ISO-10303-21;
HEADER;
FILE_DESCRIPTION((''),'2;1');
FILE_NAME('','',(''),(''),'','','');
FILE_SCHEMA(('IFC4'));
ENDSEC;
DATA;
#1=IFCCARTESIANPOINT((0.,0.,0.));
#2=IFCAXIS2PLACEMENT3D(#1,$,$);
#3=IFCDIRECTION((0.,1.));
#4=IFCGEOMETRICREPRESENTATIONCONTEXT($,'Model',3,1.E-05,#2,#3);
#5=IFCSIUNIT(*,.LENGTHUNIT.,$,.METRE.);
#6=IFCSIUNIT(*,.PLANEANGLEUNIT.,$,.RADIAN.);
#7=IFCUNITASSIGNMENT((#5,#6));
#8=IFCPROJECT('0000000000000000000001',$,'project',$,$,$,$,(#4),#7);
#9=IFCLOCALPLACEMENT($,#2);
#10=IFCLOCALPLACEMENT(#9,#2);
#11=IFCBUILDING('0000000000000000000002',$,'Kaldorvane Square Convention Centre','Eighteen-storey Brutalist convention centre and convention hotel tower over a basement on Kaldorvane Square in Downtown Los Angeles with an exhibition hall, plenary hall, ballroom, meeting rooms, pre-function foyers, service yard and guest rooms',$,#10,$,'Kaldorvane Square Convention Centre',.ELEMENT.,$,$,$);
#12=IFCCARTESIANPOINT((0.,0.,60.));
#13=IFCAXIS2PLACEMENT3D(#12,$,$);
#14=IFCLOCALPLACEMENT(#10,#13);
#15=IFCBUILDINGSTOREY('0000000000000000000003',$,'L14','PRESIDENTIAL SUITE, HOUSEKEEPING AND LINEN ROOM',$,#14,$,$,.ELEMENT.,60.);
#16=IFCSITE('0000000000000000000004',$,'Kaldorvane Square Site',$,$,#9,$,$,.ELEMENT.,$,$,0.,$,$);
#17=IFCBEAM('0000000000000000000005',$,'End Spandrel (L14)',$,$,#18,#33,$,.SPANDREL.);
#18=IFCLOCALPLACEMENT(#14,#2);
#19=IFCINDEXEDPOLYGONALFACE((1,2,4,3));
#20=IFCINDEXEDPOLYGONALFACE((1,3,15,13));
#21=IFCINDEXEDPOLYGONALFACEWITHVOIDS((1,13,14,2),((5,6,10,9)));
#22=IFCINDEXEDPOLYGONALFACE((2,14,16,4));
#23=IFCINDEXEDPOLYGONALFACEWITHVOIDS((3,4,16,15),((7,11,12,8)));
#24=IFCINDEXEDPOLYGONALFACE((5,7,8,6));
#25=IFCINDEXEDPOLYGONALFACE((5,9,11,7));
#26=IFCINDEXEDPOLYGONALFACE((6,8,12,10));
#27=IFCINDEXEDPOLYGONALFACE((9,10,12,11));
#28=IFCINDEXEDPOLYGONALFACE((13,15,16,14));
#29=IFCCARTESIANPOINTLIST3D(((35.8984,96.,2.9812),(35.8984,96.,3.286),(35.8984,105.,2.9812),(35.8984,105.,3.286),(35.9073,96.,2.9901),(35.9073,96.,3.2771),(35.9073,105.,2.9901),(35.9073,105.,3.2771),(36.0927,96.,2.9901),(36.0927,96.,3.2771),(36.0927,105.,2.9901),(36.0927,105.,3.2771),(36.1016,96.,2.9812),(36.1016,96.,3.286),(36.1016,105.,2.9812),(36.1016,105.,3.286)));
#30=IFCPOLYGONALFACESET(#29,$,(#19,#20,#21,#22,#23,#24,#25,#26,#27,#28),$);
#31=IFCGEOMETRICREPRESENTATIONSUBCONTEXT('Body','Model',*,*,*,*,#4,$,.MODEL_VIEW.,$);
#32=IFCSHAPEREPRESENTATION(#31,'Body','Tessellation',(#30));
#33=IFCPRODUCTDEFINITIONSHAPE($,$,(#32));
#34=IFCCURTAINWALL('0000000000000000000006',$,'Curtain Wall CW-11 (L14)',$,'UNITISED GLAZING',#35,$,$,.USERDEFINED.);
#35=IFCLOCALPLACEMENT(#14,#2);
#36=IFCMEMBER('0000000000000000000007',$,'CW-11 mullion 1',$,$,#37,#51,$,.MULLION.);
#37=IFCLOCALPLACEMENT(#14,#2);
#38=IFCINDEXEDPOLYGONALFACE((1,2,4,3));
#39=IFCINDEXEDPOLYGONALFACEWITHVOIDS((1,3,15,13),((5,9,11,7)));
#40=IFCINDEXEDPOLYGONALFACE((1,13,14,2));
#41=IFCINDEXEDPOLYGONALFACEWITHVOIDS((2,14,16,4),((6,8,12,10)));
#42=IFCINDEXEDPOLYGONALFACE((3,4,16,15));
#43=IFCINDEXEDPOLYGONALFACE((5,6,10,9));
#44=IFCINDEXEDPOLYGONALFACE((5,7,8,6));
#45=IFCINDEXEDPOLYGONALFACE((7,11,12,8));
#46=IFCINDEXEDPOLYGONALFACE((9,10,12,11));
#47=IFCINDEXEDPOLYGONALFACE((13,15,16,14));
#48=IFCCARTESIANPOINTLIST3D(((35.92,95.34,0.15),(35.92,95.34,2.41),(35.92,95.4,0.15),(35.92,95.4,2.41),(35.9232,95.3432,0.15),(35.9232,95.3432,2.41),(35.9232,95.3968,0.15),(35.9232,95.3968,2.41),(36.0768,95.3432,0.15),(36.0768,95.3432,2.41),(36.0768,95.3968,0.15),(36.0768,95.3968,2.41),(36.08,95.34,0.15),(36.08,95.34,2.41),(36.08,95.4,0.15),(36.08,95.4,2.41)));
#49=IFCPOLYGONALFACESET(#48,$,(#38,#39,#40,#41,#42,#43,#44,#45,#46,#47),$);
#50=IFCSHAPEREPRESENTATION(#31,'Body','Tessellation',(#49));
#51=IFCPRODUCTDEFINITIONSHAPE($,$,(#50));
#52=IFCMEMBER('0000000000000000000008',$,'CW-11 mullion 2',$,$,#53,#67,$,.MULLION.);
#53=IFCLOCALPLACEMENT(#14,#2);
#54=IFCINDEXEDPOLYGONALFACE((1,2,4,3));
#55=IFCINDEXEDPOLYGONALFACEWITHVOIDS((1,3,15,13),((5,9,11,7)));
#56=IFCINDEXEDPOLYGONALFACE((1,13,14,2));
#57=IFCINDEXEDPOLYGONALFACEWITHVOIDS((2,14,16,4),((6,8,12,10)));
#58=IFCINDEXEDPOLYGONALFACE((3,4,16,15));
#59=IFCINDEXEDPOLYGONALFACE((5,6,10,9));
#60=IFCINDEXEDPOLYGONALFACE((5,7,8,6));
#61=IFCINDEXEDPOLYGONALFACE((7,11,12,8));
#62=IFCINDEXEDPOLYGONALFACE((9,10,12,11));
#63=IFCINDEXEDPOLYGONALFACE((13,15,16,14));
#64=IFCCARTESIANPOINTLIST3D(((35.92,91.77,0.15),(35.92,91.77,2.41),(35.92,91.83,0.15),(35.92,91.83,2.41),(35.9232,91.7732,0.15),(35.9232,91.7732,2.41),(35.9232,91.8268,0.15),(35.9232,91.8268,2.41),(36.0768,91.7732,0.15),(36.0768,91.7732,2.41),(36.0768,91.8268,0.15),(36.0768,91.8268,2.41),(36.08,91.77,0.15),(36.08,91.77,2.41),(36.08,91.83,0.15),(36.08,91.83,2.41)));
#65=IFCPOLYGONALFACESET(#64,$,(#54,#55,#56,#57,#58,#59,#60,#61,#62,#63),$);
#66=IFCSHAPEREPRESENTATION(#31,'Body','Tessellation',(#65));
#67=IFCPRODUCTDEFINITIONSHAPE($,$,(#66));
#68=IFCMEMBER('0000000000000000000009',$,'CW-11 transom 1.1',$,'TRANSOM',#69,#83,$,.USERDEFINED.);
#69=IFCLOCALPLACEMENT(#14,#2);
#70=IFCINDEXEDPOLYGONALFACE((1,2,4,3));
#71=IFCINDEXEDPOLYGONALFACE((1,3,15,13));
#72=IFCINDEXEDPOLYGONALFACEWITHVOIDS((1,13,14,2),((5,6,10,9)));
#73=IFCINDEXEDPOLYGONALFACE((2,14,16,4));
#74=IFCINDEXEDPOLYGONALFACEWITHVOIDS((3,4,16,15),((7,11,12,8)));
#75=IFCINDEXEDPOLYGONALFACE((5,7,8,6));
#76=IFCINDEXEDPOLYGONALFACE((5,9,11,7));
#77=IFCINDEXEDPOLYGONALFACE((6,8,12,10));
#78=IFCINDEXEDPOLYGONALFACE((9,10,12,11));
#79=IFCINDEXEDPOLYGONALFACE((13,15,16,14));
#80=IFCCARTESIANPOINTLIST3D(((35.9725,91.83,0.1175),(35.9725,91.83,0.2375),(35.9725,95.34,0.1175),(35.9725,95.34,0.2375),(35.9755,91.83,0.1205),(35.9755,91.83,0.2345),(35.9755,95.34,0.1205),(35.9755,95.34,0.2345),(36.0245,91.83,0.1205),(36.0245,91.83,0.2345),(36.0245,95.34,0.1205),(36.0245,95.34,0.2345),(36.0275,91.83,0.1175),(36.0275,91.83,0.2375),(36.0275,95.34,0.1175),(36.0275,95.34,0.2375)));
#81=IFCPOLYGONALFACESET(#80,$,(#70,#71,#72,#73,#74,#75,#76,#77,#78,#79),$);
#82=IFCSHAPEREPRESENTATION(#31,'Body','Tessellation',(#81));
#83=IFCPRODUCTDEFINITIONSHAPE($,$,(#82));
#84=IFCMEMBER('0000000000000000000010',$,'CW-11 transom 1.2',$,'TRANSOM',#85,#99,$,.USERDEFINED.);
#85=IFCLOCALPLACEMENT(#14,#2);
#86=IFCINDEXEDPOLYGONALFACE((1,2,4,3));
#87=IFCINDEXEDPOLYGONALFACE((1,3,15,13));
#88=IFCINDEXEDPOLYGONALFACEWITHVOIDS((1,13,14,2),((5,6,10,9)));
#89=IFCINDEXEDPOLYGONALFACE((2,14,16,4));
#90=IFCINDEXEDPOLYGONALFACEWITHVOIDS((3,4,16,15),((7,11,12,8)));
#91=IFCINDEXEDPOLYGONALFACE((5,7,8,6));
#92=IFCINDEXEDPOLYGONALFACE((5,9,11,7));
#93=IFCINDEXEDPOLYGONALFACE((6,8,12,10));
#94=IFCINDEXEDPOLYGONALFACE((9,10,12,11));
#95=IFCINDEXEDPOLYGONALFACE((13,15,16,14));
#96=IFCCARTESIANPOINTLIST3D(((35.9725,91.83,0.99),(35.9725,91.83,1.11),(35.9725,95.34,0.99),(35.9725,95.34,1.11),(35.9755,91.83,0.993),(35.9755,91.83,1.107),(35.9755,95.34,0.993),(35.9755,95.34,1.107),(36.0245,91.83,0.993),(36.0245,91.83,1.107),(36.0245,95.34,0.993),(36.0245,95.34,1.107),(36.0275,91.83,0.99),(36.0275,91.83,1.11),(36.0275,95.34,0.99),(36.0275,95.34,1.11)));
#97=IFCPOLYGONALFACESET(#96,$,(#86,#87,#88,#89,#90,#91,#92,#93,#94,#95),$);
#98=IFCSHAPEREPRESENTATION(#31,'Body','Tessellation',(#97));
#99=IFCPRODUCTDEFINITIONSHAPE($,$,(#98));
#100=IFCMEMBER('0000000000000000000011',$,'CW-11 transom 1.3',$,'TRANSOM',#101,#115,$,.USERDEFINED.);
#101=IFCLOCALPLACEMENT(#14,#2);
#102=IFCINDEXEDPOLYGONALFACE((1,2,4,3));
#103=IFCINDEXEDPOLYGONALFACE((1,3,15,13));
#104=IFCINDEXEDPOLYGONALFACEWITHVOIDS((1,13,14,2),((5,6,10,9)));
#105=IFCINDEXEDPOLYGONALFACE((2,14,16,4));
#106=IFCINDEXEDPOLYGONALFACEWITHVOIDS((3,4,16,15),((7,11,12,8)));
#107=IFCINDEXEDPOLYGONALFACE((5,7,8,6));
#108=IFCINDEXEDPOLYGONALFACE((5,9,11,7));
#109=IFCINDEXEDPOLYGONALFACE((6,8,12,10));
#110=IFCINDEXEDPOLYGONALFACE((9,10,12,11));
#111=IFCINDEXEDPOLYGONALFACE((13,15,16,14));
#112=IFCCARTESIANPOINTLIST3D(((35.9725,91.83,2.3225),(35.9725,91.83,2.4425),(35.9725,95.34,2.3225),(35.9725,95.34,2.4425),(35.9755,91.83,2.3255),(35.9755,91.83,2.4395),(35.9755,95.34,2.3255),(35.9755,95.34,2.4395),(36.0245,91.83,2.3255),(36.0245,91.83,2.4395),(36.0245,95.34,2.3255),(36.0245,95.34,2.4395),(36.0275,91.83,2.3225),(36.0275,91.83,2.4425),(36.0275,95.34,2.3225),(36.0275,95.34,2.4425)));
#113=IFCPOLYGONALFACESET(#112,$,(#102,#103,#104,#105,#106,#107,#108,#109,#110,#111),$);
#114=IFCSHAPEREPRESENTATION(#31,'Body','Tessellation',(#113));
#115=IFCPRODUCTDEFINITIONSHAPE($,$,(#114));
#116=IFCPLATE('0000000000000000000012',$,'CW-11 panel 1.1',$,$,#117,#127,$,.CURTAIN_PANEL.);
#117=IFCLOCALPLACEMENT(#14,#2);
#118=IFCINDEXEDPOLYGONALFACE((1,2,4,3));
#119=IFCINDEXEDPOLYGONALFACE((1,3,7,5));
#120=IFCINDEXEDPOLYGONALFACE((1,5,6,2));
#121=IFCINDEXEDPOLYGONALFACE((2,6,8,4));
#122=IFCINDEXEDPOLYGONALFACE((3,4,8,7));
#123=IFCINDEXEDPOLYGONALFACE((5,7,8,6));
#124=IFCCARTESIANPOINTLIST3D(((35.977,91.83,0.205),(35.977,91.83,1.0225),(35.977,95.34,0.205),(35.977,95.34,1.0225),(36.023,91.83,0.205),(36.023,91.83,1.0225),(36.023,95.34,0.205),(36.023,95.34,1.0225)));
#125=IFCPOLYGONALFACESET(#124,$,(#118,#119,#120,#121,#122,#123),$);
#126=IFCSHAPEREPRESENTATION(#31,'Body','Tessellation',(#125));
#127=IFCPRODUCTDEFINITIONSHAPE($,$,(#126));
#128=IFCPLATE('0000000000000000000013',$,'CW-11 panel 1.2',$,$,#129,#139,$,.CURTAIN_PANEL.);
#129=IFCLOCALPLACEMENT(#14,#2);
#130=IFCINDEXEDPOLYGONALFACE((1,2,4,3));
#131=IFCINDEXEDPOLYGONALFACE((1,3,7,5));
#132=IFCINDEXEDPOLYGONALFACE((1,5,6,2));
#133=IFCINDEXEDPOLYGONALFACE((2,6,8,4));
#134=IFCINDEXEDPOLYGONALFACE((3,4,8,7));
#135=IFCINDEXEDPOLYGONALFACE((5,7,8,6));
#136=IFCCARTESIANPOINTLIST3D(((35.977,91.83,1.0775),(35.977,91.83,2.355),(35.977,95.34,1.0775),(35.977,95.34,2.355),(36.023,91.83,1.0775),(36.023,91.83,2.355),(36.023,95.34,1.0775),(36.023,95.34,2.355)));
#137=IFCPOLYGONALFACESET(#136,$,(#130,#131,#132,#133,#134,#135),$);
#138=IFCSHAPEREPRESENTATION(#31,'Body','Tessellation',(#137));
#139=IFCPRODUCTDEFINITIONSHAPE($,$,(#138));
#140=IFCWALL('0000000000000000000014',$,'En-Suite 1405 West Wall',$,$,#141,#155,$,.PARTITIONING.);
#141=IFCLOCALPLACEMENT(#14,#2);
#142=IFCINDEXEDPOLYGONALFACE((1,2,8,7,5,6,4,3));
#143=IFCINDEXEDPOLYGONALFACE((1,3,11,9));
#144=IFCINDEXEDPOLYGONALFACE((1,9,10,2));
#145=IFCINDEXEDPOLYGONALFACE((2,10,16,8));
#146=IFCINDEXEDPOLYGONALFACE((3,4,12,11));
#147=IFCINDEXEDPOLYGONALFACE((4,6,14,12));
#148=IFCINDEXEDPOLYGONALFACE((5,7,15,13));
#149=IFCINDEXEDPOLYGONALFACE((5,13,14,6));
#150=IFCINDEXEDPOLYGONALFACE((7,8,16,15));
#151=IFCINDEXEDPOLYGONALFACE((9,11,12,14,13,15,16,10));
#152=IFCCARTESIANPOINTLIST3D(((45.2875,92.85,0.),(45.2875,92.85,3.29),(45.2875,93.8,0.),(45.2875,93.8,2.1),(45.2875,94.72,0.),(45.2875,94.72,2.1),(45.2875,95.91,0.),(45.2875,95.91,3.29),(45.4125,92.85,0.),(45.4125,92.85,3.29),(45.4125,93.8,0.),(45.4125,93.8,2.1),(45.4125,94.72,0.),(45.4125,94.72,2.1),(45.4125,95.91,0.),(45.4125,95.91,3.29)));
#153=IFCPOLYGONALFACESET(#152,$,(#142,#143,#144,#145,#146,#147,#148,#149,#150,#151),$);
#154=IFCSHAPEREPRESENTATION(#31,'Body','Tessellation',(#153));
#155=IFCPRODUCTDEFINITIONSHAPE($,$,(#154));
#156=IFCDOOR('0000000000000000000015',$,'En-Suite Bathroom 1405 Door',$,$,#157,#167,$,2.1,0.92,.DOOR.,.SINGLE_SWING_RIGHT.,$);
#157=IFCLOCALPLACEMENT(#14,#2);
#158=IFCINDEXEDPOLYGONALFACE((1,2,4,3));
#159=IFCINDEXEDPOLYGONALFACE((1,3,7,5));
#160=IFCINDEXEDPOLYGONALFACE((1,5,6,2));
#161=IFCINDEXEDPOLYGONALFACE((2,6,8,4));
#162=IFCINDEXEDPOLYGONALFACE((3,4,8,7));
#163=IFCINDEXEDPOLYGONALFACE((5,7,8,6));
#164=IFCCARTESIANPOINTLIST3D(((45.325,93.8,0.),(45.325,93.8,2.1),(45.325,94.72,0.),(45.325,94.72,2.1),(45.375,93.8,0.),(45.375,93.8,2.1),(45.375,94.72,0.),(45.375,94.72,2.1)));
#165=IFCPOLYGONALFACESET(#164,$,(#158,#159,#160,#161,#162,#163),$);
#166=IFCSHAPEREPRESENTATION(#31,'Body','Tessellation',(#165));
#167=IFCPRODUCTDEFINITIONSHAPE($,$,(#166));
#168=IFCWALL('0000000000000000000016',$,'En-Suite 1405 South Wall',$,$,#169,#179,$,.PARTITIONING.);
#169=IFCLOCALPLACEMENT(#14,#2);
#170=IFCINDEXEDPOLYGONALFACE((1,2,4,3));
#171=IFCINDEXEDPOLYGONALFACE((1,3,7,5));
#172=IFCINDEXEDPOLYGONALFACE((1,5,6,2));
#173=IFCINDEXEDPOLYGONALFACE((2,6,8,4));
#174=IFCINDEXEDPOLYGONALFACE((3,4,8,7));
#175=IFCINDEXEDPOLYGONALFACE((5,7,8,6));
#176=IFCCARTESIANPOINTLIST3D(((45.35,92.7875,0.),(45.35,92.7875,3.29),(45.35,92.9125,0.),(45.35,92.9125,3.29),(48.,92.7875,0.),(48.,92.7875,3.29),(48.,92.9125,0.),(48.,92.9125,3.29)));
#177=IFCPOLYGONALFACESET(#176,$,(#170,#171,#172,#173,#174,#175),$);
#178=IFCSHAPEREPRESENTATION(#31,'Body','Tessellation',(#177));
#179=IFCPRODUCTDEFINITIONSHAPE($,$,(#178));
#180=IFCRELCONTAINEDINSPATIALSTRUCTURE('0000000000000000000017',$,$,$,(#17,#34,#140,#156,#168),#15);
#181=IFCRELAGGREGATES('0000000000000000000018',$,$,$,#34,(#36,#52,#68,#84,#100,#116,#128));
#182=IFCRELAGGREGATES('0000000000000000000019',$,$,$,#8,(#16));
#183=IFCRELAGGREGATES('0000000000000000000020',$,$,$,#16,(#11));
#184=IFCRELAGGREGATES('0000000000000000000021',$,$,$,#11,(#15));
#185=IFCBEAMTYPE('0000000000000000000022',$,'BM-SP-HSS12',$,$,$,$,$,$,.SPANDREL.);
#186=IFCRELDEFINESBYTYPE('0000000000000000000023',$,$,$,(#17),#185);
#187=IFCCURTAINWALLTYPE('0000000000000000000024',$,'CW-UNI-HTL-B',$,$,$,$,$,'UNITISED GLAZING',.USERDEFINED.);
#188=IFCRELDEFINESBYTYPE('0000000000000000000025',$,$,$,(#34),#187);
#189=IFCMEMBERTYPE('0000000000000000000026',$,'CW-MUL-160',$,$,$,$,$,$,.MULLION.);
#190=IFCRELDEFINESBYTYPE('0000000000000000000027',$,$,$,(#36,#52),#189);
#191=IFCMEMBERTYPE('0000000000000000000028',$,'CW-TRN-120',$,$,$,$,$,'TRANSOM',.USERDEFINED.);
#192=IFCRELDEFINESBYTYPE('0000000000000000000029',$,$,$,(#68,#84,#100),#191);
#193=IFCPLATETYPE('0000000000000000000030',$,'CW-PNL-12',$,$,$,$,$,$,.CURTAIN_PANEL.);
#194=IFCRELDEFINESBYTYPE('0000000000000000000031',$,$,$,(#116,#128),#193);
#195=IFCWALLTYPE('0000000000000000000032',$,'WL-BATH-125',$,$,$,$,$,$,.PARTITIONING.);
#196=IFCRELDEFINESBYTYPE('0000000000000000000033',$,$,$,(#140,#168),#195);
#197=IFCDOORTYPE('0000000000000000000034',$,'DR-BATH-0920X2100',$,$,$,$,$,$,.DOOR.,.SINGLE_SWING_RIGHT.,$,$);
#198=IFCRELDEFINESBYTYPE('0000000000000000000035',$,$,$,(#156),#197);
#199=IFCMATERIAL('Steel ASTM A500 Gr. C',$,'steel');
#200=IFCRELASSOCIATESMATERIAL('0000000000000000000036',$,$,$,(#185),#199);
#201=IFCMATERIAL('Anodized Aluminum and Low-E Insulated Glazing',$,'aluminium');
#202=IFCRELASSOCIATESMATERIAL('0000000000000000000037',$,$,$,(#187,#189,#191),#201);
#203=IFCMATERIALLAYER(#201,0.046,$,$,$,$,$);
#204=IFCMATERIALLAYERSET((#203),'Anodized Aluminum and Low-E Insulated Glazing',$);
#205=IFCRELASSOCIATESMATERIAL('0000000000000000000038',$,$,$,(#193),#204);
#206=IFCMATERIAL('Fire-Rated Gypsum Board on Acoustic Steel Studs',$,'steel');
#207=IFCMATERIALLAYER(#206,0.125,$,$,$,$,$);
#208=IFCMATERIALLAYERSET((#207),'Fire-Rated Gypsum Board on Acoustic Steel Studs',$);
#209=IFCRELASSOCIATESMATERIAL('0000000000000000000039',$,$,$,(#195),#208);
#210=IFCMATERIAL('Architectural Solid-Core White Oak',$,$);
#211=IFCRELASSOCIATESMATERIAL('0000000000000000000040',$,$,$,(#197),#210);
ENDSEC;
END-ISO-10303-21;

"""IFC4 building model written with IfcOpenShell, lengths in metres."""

from ifc_helpers import new_model, si_unit, direction, frame, frame_2d, origin, origin_2d, place, context, subcontext, project, spatial, rectangle, hollow_rectangle, extrude, material, layer, layer_set, material_profile, profile_set, type_object, element, fill, aggregate, save


model = new_model("IFC4")

# Units and contexts
model_context = context("Model", 3, precision=1e-05, world=origin(), true_north=direction((0.0, 1.0)))
body_context = subcontext(model_context, "Body", "Model", "MODEL_VIEW")
ifc_project = project(units=[si_unit("LENGTHUNIT", "METRE"), si_unit("PLANEANGLEUNIT", "RADIAN")], contexts=[model_context])

# Site, building, storey
site_placement = place(None, origin())
site = spatial("IfcSite", under=ifc_project, at=site_placement, Name="Kaldorvane Square Site", CompositionType="ELEMENT", RefElevation=0.0)
building_placement = place(site_placement, origin())
building = spatial("IfcBuilding", under=site, at=building_placement, Name="Kaldorvane Square Convention Centre", Description="Eighteen-storey Brutalist convention centre and convention hotel tower over a basement on Kaldorvane Square in Downtown Los Angeles with an exhibition hall, plenary hall, ballroom, meeting rooms, pre-function foyers, service yard and guest rooms", LongName="Kaldorvane Square Convention Centre", CompositionType="ELEMENT")
storey_placement = place(building_placement, frame((0.0, 0.0, 60.0)))
storey = spatial("IfcBuildingStorey", under=building, at=storey_placement, Name="L14", Description="PRESIDENTIAL SUITE, HOUSEKEEPING AND LINEN ROOM", CompositionType="ELEMENT", Elevation=60.0)

# Beam
ifc_material_1 = material(Name="Steel ASTM A500 Gr. C", Category="steel")
ifc_material_profile_1 = material_profile(ifc_material_1, hollow_rectangle(XDim=0.2032, YDim=0.3048, WallThickness=0.0089, at=origin_2d()), Name="HSS12X8X3/8")
ifc_profile_set_1 = profile_set([ifc_material_profile_1], Name="Steel ASTM A500 Gr. C")
beam_type_1 = type_object("IfcBeamType", Name="BM-SP-HSS12", PredefinedType="SPANDREL", material=ifc_profile_set_1)
beam_1_placement = place(storey_placement, frame((36.0, 96.0, 3.1336), z_axis=(0.0, 1.0, 0.0), x_axis=(-1.0, 0.0, 0.0)))
element("IfcBeam", 1, at=beam_1_placement, inside=storey, type_object=beam_type_1, Name="End Spandrel (L14)", PredefinedType="SPANDREL", context=body_context, shape_type="SweptSolid", body=[
    extrude(hollow_rectangle(XDim=0.2032, YDim=0.3048, WallThickness=0.0089, at=origin_2d()), origin(), (0.0, 0.0, 1.0), 9.0),
])

# Curtain wall, members, plates
ifc_material_2 = material(Name="Anodized Aluminum and Low-E Insulated Glazing", Category="aluminium")
curtain_wall_type = type_object("IfcCurtainWallType", Name="CW-UNI-HTL-B", ElementType="UNITISED GLAZING", PredefinedType="USERDEFINED", material=ifc_material_2)
curtain_wall_placement = place(storey_placement, origin())
curtain_wall = element("IfcCurtainWall", 2, at=curtain_wall_placement, inside=storey, type_object=curtain_wall_type, Name="Curtain Wall CW-11 (L14)", ObjectType="UNITISED GLAZING", PredefinedType="USERDEFINED")
ifc_material_profile_2 = material_profile(ifc_material_2, hollow_rectangle(XDim=0.06, YDim=0.16, WallThickness=0.0032, at=origin_2d()), Name="CWM-160X60")
ifc_profile_set_2 = profile_set([ifc_material_profile_2], Name="Anodized Aluminum and Low-E Insulated Glazing")
member_type_1 = type_object("IfcMemberType", Name="CW-MUL-160", PredefinedType="MULLION", material=ifc_profile_set_2)
member_1_placement = place(storey_placement, frame((36.0, 95.37, 0.15), z_axis=(0.0, 0.0, 1.0), x_axis=(0.0, -1.0, 0.0)))
member_1 = element("IfcMember", 3, at=member_1_placement, type_object=member_type_1, Name="CW-11 mullion 1", PredefinedType="MULLION", context=body_context, shape_type="SweptSolid", body=[
    extrude(hollow_rectangle(XDim=0.06, YDim=0.16, WallThickness=0.0032, at=origin_2d()), origin(), (0.0, 0.0, 1.0), 2.26),
])
member_2_placement = place(storey_placement, frame((36.0, 91.8, 0.15), z_axis=(0.0, 0.0, 1.0), x_axis=(0.0, -1.0, 0.0)))
member_2 = element("IfcMember", 4, at=member_2_placement, type_object=member_type_1, Name="CW-11 mullion 2", PredefinedType="MULLION", context=body_context, shape_type="SweptSolid", body=[
    extrude(hollow_rectangle(XDim=0.06, YDim=0.16, WallThickness=0.0032, at=origin_2d()), origin(), (0.0, 0.0, 1.0), 2.26),
])
ifc_material_profile_3 = material_profile(ifc_material_2, hollow_rectangle(XDim=0.055, YDim=0.12, WallThickness=0.003, at=origin_2d()), Name="CWT-120X55")
ifc_profile_set_3 = profile_set([ifc_material_profile_3], Name="Anodized Aluminum and Low-E Insulated Glazing")
member_type_2 = type_object("IfcMemberType", Name="CW-TRN-120", ElementType="TRANSOM", PredefinedType="USERDEFINED", material=ifc_profile_set_3)
member_3_placement = place(storey_placement, frame((36.0, 95.34, 0.1775), z_axis=(0.0, -1.0, 0.0), x_axis=(1.0, 0.0, 0.0)))
member_3 = element("IfcMember", 5, at=member_3_placement, type_object=member_type_2, Name="CW-11 transom 1.1", ObjectType="TRANSOM", PredefinedType="USERDEFINED", context=body_context, shape_type="SweptSolid", body=[
    extrude(hollow_rectangle(XDim=0.055, YDim=0.12, WallThickness=0.003, at=origin_2d()), origin(), (0.0, 0.0, 1.0), 3.51),
])
member_4_placement = place(storey_placement, frame((36.0, 95.34, 1.05), z_axis=(0.0, -1.0, 0.0), x_axis=(1.0, 0.0, 0.0)))
member_4 = element("IfcMember", 6, at=member_4_placement, type_object=member_type_2, Name="CW-11 transom 1.2", ObjectType="TRANSOM", PredefinedType="USERDEFINED", context=body_context, shape_type="SweptSolid", body=[
    extrude(hollow_rectangle(XDim=0.055, YDim=0.12, WallThickness=0.003, at=origin_2d()), origin(), (0.0, 0.0, 1.0), 3.51),
])
member_5_placement = place(storey_placement, frame((36.0, 95.34, 2.3825), z_axis=(0.0, -1.0, 0.0), x_axis=(1.0, 0.0, 0.0)))
member_5 = element("IfcMember", 7, at=member_5_placement, type_object=member_type_2, Name="CW-11 transom 1.3", ObjectType="TRANSOM", PredefinedType="USERDEFINED", context=body_context, shape_type="SweptSolid", body=[
    extrude(hollow_rectangle(XDim=0.055, YDim=0.12, WallThickness=0.003, at=origin_2d()), origin(), (0.0, 0.0, 1.0), 3.51),
])
ifc_layer_1 = layer(ifc_material_2, 0.046)
ifc_layer_set_1 = layer_set([ifc_layer_1], Name="Anodized Aluminum and Low-E Insulated Glazing")
plate_type = type_object("IfcPlateType", Name="CW-PNL-12", PredefinedType="CURTAIN_PANEL", material=ifc_layer_set_1)
plate_1_placement = place(storey_placement, frame((36.0, 93.585, 0.205), z_axis=(0.0, 0.0, 1.0), x_axis=(0.0, -1.0, 0.0)))
plate_1 = element("IfcPlate", 8, at=plate_1_placement, type_object=plate_type, Name="CW-11 panel 1.1", PredefinedType="CURTAIN_PANEL", context=body_context, shape_type="SweptSolid", body=[
    extrude(rectangle(XDim=3.51, YDim=0.046, at=origin_2d()), origin(), (0.0, 0.0, 1.0), 0.8175),
])
plate_2_placement = place(storey_placement, frame((36.0, 93.585, 1.0775), z_axis=(0.0, 0.0, 1.0), x_axis=(0.0, -1.0, 0.0)))
plate_2 = element("IfcPlate", 9, at=plate_2_placement, type_object=plate_type, Name="CW-11 panel 1.2", PredefinedType="CURTAIN_PANEL", context=body_context, shape_type="SweptSolid", body=[
    extrude(rectangle(XDim=3.51, YDim=0.046, at=origin_2d()), origin(), (0.0, 0.0, 1.0), 1.2775),
])
aggregate(curtain_wall, [member_1, member_2, member_3, member_4, member_5, plate_1, plate_2])

# Wall, opening, door
ifc_material_3 = material(Name="Fire-Rated Gypsum Board on Acoustic Steel Studs", Category="steel")
ifc_layer_2 = layer(ifc_material_3, 0.125)
ifc_layer_set_2 = layer_set([ifc_layer_2], Name="Fire-Rated Gypsum Board on Acoustic Steel Studs")
wall_type_1 = type_object("IfcWallType", Name="WL-BATH-125", PredefinedType="PARTITIONING", material=ifc_layer_set_2)
wall_1_placement = place(storey_placement, frame((45.35, 92.85, 0.0), z_axis=(0.0, 0.0, 1.0), x_axis=(0.0, 1.0, 0.0)))
wall_1 = element("IfcWall", 10, at=wall_1_placement, inside=storey, type_object=wall_type_1, Name="En-Suite 1405 West Wall", PredefinedType="PARTITIONING", context=body_context, shape_type="SweptSolid", body=[
    extrude(rectangle(XDim=3.06, YDim=0.125, at=frame_2d((1.53, 0.0))), origin(), (0.0, 0.0, 1.0), 3.29),
])
opening_1_placement = place(wall_1_placement, frame((0.95, 0.0, 0.0)))
opening_1 = element("IfcOpeningElement", 11, at=opening_1_placement, cuts=wall_1, PredefinedType="OPENING", context=body_context, shape_type="SweptSolid", body=[
    extrude(rectangle(XDim=0.92, YDim=2.1, at=frame_2d((0.46, 1.05))), frame((0.0, 0.0775, 0.0), z_axis=(0.0, -1.0, 0.0), x_axis=(1.0, 0.0, 0.0)), (0.0, 0.0, 1.0), 0.155),
])
ifc_material_4 = material(Name="Architectural Solid-Core White Oak")
door_type_1 = type_object("IfcDoorType", Name="DR-BATH-0920X2100", OperationType="SINGLE_SWING_RIGHT", PredefinedType="DOOR", material=ifc_material_4)
door_1_placement = place(opening_1_placement, origin())
door_1 = element("IfcDoor", 12, at=door_1_placement, inside=storey, type_object=door_type_1, Name="En-Suite Bathroom 1405 Door", OperationType="SINGLE_SWING_RIGHT", OverallHeight=2.1, OverallWidth=0.92, PredefinedType="DOOR", context=body_context, shape_type="SweptSolid", body=[
    extrude(rectangle(XDim=0.92, YDim=2.1, at=frame_2d((0.46, 1.05))), frame((0.0, 0.025, 0.0), z_axis=(0.0, -1.0, 0.0), x_axis=(1.0, 0.0, 0.0)), (0.0, 0.0, 1.0), 0.05),
])
fill(opening_1, door_1)

# Wall
wall_2_placement = place(storey_placement, frame((45.35, 92.85, 0.0), z_axis=(0.0, 0.0, 1.0), x_axis=(1.0, 0.0, 0.0)))
element("IfcWall", 13, at=wall_2_placement, inside=storey, type_object=wall_type_1, Name="En-Suite 1405 South Wall", PredefinedType="PARTITIONING", context=body_context, shape_type="SweptSolid", body=[
    extrude(rectangle(XDim=2.65, YDim=0.125, at=frame_2d((1.325, 0.0))), origin(), (0.0, 0.0, 1.0), 3.29),
])

save(model, "model.ifc")
